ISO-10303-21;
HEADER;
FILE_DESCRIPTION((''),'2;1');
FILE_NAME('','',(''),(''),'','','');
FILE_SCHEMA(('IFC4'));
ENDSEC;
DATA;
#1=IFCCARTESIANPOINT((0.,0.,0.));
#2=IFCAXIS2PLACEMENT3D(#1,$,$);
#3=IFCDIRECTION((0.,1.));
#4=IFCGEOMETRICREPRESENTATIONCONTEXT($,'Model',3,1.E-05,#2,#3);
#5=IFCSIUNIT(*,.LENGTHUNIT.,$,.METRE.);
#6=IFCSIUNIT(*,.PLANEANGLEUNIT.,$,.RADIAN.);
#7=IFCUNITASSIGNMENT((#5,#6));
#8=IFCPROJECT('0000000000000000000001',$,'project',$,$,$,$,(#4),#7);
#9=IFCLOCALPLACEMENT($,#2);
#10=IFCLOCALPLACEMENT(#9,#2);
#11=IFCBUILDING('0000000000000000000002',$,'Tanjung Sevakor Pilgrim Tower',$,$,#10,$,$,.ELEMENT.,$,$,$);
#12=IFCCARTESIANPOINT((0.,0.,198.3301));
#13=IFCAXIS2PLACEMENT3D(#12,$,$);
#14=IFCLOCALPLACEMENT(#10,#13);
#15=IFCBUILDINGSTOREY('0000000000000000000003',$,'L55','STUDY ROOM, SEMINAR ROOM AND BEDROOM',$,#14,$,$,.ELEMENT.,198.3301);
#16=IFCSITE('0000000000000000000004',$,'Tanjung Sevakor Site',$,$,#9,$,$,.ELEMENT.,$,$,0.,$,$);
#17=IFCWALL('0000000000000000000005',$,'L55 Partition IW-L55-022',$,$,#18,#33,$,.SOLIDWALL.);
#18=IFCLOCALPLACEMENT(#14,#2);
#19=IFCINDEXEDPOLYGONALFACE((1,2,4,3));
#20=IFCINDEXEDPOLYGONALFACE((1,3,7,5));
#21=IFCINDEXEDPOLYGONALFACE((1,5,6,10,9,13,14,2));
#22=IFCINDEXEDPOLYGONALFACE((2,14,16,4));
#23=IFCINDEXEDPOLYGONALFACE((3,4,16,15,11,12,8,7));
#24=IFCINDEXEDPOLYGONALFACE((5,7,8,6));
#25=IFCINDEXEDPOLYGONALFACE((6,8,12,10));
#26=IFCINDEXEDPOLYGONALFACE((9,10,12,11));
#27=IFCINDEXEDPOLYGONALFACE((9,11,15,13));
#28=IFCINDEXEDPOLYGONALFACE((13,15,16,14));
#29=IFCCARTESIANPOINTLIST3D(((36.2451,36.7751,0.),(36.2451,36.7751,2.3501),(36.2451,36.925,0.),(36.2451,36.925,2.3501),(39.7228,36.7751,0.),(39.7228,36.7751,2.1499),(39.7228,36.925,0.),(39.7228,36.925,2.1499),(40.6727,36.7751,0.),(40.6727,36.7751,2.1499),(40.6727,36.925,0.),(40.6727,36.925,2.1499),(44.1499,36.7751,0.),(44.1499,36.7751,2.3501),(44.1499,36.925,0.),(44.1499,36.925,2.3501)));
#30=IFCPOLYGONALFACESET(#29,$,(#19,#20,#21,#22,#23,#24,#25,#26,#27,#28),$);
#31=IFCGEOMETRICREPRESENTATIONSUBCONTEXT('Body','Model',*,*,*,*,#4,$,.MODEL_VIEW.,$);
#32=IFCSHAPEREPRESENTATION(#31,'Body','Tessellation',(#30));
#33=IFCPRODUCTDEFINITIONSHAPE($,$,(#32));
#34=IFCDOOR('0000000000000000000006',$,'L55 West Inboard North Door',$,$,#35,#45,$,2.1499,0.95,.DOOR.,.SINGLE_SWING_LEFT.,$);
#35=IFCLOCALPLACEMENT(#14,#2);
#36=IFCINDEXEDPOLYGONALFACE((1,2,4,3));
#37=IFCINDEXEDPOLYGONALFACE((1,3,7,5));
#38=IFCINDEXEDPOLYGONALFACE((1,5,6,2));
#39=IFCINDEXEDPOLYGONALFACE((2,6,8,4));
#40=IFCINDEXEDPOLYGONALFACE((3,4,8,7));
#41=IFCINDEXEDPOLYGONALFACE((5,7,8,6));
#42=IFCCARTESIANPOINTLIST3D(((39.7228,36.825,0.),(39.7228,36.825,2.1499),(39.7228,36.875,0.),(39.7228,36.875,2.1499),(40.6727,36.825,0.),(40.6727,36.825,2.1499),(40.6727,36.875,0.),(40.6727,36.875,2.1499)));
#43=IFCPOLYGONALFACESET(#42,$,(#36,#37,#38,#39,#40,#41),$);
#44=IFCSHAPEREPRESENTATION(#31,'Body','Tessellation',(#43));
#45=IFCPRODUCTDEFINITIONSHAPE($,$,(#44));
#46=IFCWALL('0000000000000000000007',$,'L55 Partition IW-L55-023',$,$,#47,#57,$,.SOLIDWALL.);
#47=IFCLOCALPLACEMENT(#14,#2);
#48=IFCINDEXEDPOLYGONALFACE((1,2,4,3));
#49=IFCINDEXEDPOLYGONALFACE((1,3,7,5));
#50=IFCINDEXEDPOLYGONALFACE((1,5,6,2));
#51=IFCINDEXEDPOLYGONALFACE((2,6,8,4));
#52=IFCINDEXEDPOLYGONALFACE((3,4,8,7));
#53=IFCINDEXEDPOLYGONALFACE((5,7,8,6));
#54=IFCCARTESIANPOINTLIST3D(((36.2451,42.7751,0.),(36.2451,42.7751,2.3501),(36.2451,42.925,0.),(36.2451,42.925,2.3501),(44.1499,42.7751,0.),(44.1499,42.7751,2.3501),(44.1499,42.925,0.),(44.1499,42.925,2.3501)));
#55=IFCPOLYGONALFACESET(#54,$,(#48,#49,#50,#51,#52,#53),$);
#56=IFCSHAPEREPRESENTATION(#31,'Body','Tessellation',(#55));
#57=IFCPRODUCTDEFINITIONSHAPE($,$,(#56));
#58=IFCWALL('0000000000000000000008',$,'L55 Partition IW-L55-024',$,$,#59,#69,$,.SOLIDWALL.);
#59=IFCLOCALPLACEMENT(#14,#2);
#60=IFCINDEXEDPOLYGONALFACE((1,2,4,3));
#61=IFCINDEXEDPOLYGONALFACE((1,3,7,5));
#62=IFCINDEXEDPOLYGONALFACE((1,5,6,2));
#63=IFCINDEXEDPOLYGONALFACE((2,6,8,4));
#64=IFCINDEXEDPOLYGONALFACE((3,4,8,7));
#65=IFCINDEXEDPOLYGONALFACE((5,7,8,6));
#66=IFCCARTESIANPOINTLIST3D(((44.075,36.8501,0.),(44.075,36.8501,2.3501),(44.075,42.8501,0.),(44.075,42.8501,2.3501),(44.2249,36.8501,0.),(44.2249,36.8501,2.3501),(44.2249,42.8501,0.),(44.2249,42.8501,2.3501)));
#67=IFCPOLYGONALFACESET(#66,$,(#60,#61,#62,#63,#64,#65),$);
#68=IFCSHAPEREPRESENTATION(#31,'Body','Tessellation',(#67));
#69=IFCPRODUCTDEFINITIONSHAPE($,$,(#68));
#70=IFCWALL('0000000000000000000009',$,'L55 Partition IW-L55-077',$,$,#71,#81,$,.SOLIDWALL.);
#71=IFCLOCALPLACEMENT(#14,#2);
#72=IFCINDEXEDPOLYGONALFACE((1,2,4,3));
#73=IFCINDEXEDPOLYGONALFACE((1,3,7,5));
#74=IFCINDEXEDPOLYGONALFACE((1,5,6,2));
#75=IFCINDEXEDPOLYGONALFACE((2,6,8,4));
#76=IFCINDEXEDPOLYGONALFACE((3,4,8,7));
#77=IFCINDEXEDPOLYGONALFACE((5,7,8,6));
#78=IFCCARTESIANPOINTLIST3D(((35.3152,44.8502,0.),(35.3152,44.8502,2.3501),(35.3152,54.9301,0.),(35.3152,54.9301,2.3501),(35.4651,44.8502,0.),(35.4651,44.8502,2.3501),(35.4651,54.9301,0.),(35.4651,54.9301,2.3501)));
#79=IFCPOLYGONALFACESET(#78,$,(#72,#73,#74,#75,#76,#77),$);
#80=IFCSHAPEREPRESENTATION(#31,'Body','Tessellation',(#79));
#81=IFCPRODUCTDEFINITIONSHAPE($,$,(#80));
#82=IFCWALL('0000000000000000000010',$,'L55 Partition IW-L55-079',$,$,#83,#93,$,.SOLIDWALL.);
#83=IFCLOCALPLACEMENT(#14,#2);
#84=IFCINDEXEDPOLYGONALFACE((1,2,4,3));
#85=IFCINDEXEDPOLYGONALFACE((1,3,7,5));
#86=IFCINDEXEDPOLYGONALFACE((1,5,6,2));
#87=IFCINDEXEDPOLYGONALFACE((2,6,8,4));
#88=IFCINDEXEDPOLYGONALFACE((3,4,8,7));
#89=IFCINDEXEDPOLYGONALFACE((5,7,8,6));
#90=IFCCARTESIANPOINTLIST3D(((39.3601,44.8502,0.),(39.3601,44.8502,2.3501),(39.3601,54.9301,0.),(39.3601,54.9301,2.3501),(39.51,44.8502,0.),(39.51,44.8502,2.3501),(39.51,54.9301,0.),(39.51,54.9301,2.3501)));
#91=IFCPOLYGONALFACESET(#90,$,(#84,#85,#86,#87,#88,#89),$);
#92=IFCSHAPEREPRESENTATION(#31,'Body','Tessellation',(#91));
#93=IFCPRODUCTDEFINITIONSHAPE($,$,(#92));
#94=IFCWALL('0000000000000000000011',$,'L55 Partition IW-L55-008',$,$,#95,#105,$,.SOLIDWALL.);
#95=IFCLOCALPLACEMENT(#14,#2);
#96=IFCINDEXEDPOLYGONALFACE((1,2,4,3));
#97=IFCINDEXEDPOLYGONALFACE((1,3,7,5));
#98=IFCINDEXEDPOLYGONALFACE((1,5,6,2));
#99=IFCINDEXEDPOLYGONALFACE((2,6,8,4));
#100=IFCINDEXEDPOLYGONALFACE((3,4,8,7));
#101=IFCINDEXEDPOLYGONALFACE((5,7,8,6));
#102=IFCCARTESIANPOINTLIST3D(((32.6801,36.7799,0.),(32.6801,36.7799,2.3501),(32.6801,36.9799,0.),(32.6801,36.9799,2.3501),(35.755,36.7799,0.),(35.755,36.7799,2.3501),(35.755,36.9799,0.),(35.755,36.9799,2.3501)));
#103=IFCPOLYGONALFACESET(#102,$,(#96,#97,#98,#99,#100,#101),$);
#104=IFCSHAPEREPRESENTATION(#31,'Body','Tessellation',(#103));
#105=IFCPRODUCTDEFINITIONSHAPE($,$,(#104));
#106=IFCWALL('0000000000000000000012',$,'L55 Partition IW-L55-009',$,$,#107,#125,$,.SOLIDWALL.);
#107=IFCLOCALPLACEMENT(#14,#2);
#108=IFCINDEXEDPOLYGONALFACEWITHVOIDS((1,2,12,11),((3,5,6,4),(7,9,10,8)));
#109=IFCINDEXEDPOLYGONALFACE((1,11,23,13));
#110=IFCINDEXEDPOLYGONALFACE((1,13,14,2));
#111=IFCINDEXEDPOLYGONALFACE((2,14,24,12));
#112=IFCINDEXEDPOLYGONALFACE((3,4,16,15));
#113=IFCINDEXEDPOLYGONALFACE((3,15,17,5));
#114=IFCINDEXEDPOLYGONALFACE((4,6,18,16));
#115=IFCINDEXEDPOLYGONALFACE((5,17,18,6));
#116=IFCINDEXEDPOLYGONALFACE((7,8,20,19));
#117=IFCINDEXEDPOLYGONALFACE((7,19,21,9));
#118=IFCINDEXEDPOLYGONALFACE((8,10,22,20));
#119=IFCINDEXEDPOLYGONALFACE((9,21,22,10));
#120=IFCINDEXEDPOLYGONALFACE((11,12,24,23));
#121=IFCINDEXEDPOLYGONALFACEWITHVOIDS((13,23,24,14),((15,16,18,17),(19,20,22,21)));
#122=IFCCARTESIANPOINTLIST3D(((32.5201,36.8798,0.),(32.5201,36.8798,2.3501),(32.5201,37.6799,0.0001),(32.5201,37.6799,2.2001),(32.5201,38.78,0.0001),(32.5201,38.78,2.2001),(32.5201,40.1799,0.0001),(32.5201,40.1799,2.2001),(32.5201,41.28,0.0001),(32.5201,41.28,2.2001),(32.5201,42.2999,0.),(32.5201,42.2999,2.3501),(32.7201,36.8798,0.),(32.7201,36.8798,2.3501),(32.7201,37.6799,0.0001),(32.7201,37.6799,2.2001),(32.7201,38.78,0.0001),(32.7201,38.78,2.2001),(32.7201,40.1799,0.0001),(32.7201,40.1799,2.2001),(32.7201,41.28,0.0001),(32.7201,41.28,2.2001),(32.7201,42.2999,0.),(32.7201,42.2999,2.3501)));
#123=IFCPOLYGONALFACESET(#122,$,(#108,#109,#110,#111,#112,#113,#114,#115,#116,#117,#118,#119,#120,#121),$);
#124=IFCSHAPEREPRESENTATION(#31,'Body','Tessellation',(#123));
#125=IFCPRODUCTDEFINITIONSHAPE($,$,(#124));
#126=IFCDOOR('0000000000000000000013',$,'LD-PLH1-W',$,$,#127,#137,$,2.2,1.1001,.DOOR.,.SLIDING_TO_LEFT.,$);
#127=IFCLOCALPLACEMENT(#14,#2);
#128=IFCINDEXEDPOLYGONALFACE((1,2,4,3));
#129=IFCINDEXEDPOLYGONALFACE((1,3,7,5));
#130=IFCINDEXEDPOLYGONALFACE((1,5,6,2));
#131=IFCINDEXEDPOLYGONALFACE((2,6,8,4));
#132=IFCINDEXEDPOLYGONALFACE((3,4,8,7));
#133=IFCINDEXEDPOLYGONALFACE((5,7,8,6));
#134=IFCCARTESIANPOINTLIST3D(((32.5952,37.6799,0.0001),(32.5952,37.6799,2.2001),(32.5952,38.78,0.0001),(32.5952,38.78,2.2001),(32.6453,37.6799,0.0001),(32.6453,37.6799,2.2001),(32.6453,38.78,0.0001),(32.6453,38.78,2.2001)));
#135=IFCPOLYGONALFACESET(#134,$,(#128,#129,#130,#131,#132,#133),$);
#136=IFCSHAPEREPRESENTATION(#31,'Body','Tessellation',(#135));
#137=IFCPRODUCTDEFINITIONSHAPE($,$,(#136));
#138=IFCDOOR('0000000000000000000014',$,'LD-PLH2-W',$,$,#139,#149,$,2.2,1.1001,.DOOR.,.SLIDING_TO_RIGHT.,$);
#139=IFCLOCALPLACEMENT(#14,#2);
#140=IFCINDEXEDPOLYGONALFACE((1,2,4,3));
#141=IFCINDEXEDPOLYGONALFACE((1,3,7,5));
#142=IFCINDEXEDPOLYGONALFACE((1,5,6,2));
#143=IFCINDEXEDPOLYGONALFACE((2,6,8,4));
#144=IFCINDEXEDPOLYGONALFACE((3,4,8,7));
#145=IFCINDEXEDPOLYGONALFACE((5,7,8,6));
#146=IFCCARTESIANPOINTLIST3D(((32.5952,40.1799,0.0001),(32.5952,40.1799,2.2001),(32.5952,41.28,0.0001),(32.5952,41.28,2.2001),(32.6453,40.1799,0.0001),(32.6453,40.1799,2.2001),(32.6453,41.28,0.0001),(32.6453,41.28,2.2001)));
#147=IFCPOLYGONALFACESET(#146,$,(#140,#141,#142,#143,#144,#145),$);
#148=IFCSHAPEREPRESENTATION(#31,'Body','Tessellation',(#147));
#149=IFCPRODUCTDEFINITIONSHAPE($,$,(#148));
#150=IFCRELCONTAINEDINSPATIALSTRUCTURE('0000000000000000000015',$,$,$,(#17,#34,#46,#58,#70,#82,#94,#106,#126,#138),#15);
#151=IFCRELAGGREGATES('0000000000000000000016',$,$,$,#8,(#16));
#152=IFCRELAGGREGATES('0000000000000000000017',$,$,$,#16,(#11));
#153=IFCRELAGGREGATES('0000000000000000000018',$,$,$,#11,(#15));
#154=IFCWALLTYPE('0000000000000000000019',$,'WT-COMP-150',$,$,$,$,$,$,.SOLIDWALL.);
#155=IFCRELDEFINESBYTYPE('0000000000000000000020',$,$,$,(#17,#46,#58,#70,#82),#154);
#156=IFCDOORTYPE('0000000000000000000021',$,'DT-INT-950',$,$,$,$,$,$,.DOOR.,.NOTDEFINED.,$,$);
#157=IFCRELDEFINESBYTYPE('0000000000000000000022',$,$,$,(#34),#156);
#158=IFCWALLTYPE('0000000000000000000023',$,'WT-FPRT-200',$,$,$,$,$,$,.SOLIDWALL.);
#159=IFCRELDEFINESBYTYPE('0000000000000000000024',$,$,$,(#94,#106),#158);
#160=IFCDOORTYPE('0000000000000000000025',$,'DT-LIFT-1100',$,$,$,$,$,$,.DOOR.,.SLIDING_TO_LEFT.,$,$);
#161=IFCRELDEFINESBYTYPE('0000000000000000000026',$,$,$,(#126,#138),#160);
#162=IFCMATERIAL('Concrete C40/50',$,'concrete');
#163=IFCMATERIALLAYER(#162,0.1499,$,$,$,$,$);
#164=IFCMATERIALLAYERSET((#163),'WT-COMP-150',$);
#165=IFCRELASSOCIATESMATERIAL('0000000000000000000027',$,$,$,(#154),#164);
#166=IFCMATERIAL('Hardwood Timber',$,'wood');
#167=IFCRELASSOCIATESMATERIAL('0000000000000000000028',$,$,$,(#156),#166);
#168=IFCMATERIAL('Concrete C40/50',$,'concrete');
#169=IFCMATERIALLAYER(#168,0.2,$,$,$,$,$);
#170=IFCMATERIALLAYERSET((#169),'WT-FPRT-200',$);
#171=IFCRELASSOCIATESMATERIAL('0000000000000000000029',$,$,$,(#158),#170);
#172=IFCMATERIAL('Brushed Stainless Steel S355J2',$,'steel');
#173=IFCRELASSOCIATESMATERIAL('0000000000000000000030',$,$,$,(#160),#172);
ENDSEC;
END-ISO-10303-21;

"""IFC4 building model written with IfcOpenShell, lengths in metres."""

from ifc_helpers import new_model, si_unit, direction, frame, frame_2d, origin, place, context, subcontext, project, spatial, rectangle, extrude, material, layer, layer_set, type_object, element, fill, save


model = new_model("IFC4")

# Units and contexts
model_context = context("Model", 3, precision=1e-05, world=origin(), true_north=direction((0.0, 1.0)))
body_context = subcontext(model_context, "Body", "Model", "MODEL_VIEW")
ifc_project = project(units=[si_unit("LENGTHUNIT", "METRE"), si_unit("PLANEANGLEUNIT", "RADIAN")], contexts=[model_context])

# Site, building, storey
site_placement = place(None, origin())
site = spatial("IfcSite", under=ifc_project, at=site_placement, Name="Tanjung Sevakor Site", CompositionType="ELEMENT", RefElevation=0.0)
building_placement = place(site_placement, origin())
building = spatial("IfcBuilding", under=site, at=building_placement, Name="Tanjung Sevakor Pilgrim Tower", CompositionType="ELEMENT")
storey_placement = place(building_placement, frame((0.0, 0.0, 198.3301)))
storey = spatial("IfcBuildingStorey", under=building, at=storey_placement, Name="L55", Description="STUDY ROOM, SEMINAR ROOM AND BEDROOM", CompositionType="ELEMENT", Elevation=198.3301)

# Shared definitions
ifc_material_1 = material(Name="Concrete C40/50", Category="concrete")
ifc_layer_1 = layer(ifc_material_1, 0.1499)
ifc_layer_set_1 = layer_set([ifc_layer_1], Name="WT-COMP-150")
wall_type_1 = type_object("IfcWallType", Name="WT-COMP-150", PredefinedType="SOLIDWALL", material=ifc_layer_set_1)

# Wall, opening, door
ifc_material_2 = material(Name="Hardwood Timber", Category="wood")
door_type_1 = type_object("IfcDoorType", Name="DT-INT-950", OperationType="NOTDEFINED", PredefinedType="DOOR", material=ifc_material_2)
wall_1_placement = place(storey_placement, frame((36.2451, 36.8501, 0.0), z_axis=(0.0, 0.0, 1.0), x_axis=(1.0, 0.0, 0.0)))
wall_1 = element("IfcWall", 1, at=wall_1_placement, inside=storey, type_object=wall_type_1, Name="L55 Partition IW-L55-022", PredefinedType="SOLIDWALL", context=body_context, shape_type="SweptSolid", body=[
    extrude(rectangle(XDim=7.9048, YDim=0.1499, at=frame_2d((3.9524, 0.0))), origin(), (0.0, 0.0, 1.0), 2.3501),
])
opening_1_placement = place(wall_1_placement, frame((3.4775, 0.0, 0.0)))
opening_1 = element("IfcOpeningElement", 2, at=opening_1_placement, cuts=wall_1, PredefinedType="OPENING", context=body_context, shape_type="SweptSolid", body=[
    extrude(rectangle(XDim=0.95, YDim=2.1499, at=frame_2d((0.4751, 1.075))), frame((0.0, 0.085, 0.0), z_axis=(0.0, -1.0, 0.0), x_axis=(1.0, 0.0, 0.0)), (0.0, 0.0, 1.0), 0.1699),
])
door_1_placement = place(opening_1_placement, origin())
door_1 = element("IfcDoor", 3, at=door_1_placement, inside=storey, type_object=door_type_1, Name="L55 West Inboard North Door", OperationType="SINGLE_SWING_LEFT", OverallHeight=2.1499, OverallWidth=0.95, PredefinedType="DOOR", context=body_context, shape_type="SweptSolid", body=[
    extrude(rectangle(XDim=0.95, YDim=2.1499, at=frame_2d((0.4751, 1.075))), frame((0.0, 0.0249, 0.0), z_axis=(0.0, -1.0, 0.0), x_axis=(1.0, 0.0, 0.0)), (0.0, 0.0, 1.0), 0.05),
])
fill(opening_1, door_1)

# Walls
wall_2_placement = place(storey_placement, frame((36.2451, 42.8501, 0.0), z_axis=(0.0, 0.0, 1.0), x_axis=(1.0, 0.0, 0.0)))
element("IfcWall", 4, at=wall_2_placement, inside=storey, type_object=wall_type_1, Name="L55 Partition IW-L55-023", PredefinedType="SOLIDWALL", context=body_context, shape_type="SweptSolid", body=[
    extrude(rectangle(XDim=7.9048, YDim=0.1499, at=frame_2d((3.9524, 0.0))), origin(), (0.0, 0.0, 1.0), 2.3501),
])
wall_3_placement = place(storey_placement, frame((44.1499, 36.8501, 0.0), z_axis=(0.0, 0.0, 1.0), x_axis=(0.0, 1.0, 0.0)))
element("IfcWall", 5, at=wall_3_placement, inside=storey, type_object=wall_type_1, Name="L55 Partition IW-L55-024", PredefinedType="SOLIDWALL", context=body_context, shape_type="SweptSolid", body=[
    extrude(rectangle(XDim=6.0, YDim=0.1499, at=frame_2d((3.0, 0.0))), origin(), (0.0, 0.0, 1.0), 2.3501),
])
for number, where, z_axis, x_axis, name in (
    (6, (35.3901, 44.8501, 0.0), (0.0, 0.0, 1.0), (0.0, 1.0, 0.0), "L55 Partition IW-L55-077"),
    (7, (39.4351, 44.8501, 0.0), (0.0, 0.0, 1.0), (0.0, 1.0, 0.0), "L55 Partition IW-L55-079"),
):
    element("IfcWall", number, at=place(storey_placement, frame(where, z_axis=z_axis, x_axis=x_axis)), inside=storey, type_object=wall_type_1, Name=name, PredefinedType="SOLIDWALL", context=body_context, shape_type="SweptSolid", body=[
        extrude(rectangle(XDim=10.0798, YDim=0.1499, at=frame_2d((5.04, 0.0))), origin(), (0.0, 0.0, 1.0), 2.3501),
    ])

# Wall
ifc_material_3 = material(Name="Concrete C40/50", Category="concrete")
ifc_layer_2 = layer(ifc_material_3, 0.2)
ifc_layer_set_2 = layer_set([ifc_layer_2], Name="WT-FPRT-200")
wall_type_2 = type_object("IfcWallType", Name="WT-FPRT-200", PredefinedType="SOLIDWALL", material=ifc_layer_set_2)
wall_4_placement = place(storey_placement, frame((32.6799, 36.8799, 0.0), z_axis=(0.0, 0.0, 1.0), x_axis=(1.0, 0.0, 0.0)))
element("IfcWall", 8, at=wall_4_placement, inside=storey, type_object=wall_type_2, Name="L55 Partition IW-L55-008", PredefinedType="SOLIDWALL", context=body_context, shape_type="SweptSolid", body=[
    extrude(rectangle(XDim=3.075, YDim=0.2, at=frame_2d((1.5376, 0.0))), origin(), (0.0, 0.0, 1.0), 2.3501),
])

# Wall, openings, doors
wall_5_placement = place(storey_placement, frame((32.6201, 36.8799, 0.0), z_axis=(0.0, 0.0, 1.0), x_axis=(0.0, 1.0, 0.0)))
wall_5 = element("IfcWall", 9, at=wall_5_placement, inside=storey, type_object=wall_type_2, Name="L55 Partition IW-L55-009", PredefinedType="SOLIDWALL", context=body_context, shape_type="SweptSolid", body=[
    extrude(rectangle(XDim=5.4202, YDim=0.2, at=frame_2d((2.71, 0.0))), origin(), (0.0, 0.0, 1.0), 2.3501),
])
opening_2_placement = place(wall_5_placement, frame((0.8, 0.0, 0.0)))
opening_2 = element("IfcOpeningElement", 10, at=opening_2_placement, cuts=wall_5, PredefinedType="OPENING", context=body_context, shape_type="SweptSolid", body=[
    extrude(rectangle(XDim=1.1001, YDim=2.2, at=frame_2d((0.55, 1.1001))), frame((0.0, 0.1099, 0.0), z_axis=(0.0, -1.0, 0.0), x_axis=(1.0, 0.0, 0.0)), (0.0, 0.0, 1.0), 0.22),
])
opening_3_placement = place(wall_5_placement, frame((3.3, 0.0, 0.0)))
opening_3 = element("IfcOpeningElement", 11, at=opening_3_placement, cuts=wall_5, PredefinedType="OPENING", context=body_context, shape_type="SweptSolid", body=[
    extrude(rectangle(XDim=1.1001, YDim=2.2, at=frame_2d((0.55, 1.1001))), frame((0.0, 0.1099, 0.0), z_axis=(0.0, -1.0, 0.0), x_axis=(1.0, 0.0, 0.0)), (0.0, 0.0, 1.0), 0.22),
])
ifc_material_4 = material(Name="Brushed Stainless Steel S355J2", Category="steel")
door_type_2 = type_object("IfcDoorType", Name="DT-LIFT-1100", OperationType="SLIDING_TO_LEFT", PredefinedType="DOOR", material=ifc_material_4)
door_2_placement = place(opening_2_placement, origin())
door_2 = element("IfcDoor", 12, at=door_2_placement, inside=storey, type_object=door_type_2, Name="LD-PLH1-W", OperationType="SLIDING_TO_LEFT", OverallHeight=2.2, OverallWidth=1.1001, PredefinedType="DOOR", context=body_context, shape_type="SweptSolid", body=[
    extrude(rectangle(XDim=1.1001, YDim=2.2, at=frame_2d((0.55, 1.1001))), frame((0.0, 0.0249, 0.0), z_axis=(0.0, -1.0, 0.0), x_axis=(1.0, 0.0, 0.0)), (0.0, 0.0, 1.0), 0.05),
])
fill(opening_2, door_2)
door_3_placement = place(opening_3_placement, origin())
door_3 = element("IfcDoor", 13, at=door_3_placement, inside=storey, type_object=door_type_2, Name="LD-PLH2-W", OperationType="SLIDING_TO_RIGHT", OverallHeight=2.2, OverallWidth=1.1001, PredefinedType="DOOR", context=body_context, shape_type="SweptSolid", body=[
    extrude(rectangle(XDim=1.1001, YDim=2.2, at=frame_2d((0.55, 1.1001))), frame((0.0, 0.0249, 0.0), z_axis=(0.0, -1.0, 0.0), x_axis=(1.0, 0.0, 0.0)), (0.0, 0.0, 1.0), 0.05),
])
fill(opening_3, door_3)

save(model, "model.ifc")
